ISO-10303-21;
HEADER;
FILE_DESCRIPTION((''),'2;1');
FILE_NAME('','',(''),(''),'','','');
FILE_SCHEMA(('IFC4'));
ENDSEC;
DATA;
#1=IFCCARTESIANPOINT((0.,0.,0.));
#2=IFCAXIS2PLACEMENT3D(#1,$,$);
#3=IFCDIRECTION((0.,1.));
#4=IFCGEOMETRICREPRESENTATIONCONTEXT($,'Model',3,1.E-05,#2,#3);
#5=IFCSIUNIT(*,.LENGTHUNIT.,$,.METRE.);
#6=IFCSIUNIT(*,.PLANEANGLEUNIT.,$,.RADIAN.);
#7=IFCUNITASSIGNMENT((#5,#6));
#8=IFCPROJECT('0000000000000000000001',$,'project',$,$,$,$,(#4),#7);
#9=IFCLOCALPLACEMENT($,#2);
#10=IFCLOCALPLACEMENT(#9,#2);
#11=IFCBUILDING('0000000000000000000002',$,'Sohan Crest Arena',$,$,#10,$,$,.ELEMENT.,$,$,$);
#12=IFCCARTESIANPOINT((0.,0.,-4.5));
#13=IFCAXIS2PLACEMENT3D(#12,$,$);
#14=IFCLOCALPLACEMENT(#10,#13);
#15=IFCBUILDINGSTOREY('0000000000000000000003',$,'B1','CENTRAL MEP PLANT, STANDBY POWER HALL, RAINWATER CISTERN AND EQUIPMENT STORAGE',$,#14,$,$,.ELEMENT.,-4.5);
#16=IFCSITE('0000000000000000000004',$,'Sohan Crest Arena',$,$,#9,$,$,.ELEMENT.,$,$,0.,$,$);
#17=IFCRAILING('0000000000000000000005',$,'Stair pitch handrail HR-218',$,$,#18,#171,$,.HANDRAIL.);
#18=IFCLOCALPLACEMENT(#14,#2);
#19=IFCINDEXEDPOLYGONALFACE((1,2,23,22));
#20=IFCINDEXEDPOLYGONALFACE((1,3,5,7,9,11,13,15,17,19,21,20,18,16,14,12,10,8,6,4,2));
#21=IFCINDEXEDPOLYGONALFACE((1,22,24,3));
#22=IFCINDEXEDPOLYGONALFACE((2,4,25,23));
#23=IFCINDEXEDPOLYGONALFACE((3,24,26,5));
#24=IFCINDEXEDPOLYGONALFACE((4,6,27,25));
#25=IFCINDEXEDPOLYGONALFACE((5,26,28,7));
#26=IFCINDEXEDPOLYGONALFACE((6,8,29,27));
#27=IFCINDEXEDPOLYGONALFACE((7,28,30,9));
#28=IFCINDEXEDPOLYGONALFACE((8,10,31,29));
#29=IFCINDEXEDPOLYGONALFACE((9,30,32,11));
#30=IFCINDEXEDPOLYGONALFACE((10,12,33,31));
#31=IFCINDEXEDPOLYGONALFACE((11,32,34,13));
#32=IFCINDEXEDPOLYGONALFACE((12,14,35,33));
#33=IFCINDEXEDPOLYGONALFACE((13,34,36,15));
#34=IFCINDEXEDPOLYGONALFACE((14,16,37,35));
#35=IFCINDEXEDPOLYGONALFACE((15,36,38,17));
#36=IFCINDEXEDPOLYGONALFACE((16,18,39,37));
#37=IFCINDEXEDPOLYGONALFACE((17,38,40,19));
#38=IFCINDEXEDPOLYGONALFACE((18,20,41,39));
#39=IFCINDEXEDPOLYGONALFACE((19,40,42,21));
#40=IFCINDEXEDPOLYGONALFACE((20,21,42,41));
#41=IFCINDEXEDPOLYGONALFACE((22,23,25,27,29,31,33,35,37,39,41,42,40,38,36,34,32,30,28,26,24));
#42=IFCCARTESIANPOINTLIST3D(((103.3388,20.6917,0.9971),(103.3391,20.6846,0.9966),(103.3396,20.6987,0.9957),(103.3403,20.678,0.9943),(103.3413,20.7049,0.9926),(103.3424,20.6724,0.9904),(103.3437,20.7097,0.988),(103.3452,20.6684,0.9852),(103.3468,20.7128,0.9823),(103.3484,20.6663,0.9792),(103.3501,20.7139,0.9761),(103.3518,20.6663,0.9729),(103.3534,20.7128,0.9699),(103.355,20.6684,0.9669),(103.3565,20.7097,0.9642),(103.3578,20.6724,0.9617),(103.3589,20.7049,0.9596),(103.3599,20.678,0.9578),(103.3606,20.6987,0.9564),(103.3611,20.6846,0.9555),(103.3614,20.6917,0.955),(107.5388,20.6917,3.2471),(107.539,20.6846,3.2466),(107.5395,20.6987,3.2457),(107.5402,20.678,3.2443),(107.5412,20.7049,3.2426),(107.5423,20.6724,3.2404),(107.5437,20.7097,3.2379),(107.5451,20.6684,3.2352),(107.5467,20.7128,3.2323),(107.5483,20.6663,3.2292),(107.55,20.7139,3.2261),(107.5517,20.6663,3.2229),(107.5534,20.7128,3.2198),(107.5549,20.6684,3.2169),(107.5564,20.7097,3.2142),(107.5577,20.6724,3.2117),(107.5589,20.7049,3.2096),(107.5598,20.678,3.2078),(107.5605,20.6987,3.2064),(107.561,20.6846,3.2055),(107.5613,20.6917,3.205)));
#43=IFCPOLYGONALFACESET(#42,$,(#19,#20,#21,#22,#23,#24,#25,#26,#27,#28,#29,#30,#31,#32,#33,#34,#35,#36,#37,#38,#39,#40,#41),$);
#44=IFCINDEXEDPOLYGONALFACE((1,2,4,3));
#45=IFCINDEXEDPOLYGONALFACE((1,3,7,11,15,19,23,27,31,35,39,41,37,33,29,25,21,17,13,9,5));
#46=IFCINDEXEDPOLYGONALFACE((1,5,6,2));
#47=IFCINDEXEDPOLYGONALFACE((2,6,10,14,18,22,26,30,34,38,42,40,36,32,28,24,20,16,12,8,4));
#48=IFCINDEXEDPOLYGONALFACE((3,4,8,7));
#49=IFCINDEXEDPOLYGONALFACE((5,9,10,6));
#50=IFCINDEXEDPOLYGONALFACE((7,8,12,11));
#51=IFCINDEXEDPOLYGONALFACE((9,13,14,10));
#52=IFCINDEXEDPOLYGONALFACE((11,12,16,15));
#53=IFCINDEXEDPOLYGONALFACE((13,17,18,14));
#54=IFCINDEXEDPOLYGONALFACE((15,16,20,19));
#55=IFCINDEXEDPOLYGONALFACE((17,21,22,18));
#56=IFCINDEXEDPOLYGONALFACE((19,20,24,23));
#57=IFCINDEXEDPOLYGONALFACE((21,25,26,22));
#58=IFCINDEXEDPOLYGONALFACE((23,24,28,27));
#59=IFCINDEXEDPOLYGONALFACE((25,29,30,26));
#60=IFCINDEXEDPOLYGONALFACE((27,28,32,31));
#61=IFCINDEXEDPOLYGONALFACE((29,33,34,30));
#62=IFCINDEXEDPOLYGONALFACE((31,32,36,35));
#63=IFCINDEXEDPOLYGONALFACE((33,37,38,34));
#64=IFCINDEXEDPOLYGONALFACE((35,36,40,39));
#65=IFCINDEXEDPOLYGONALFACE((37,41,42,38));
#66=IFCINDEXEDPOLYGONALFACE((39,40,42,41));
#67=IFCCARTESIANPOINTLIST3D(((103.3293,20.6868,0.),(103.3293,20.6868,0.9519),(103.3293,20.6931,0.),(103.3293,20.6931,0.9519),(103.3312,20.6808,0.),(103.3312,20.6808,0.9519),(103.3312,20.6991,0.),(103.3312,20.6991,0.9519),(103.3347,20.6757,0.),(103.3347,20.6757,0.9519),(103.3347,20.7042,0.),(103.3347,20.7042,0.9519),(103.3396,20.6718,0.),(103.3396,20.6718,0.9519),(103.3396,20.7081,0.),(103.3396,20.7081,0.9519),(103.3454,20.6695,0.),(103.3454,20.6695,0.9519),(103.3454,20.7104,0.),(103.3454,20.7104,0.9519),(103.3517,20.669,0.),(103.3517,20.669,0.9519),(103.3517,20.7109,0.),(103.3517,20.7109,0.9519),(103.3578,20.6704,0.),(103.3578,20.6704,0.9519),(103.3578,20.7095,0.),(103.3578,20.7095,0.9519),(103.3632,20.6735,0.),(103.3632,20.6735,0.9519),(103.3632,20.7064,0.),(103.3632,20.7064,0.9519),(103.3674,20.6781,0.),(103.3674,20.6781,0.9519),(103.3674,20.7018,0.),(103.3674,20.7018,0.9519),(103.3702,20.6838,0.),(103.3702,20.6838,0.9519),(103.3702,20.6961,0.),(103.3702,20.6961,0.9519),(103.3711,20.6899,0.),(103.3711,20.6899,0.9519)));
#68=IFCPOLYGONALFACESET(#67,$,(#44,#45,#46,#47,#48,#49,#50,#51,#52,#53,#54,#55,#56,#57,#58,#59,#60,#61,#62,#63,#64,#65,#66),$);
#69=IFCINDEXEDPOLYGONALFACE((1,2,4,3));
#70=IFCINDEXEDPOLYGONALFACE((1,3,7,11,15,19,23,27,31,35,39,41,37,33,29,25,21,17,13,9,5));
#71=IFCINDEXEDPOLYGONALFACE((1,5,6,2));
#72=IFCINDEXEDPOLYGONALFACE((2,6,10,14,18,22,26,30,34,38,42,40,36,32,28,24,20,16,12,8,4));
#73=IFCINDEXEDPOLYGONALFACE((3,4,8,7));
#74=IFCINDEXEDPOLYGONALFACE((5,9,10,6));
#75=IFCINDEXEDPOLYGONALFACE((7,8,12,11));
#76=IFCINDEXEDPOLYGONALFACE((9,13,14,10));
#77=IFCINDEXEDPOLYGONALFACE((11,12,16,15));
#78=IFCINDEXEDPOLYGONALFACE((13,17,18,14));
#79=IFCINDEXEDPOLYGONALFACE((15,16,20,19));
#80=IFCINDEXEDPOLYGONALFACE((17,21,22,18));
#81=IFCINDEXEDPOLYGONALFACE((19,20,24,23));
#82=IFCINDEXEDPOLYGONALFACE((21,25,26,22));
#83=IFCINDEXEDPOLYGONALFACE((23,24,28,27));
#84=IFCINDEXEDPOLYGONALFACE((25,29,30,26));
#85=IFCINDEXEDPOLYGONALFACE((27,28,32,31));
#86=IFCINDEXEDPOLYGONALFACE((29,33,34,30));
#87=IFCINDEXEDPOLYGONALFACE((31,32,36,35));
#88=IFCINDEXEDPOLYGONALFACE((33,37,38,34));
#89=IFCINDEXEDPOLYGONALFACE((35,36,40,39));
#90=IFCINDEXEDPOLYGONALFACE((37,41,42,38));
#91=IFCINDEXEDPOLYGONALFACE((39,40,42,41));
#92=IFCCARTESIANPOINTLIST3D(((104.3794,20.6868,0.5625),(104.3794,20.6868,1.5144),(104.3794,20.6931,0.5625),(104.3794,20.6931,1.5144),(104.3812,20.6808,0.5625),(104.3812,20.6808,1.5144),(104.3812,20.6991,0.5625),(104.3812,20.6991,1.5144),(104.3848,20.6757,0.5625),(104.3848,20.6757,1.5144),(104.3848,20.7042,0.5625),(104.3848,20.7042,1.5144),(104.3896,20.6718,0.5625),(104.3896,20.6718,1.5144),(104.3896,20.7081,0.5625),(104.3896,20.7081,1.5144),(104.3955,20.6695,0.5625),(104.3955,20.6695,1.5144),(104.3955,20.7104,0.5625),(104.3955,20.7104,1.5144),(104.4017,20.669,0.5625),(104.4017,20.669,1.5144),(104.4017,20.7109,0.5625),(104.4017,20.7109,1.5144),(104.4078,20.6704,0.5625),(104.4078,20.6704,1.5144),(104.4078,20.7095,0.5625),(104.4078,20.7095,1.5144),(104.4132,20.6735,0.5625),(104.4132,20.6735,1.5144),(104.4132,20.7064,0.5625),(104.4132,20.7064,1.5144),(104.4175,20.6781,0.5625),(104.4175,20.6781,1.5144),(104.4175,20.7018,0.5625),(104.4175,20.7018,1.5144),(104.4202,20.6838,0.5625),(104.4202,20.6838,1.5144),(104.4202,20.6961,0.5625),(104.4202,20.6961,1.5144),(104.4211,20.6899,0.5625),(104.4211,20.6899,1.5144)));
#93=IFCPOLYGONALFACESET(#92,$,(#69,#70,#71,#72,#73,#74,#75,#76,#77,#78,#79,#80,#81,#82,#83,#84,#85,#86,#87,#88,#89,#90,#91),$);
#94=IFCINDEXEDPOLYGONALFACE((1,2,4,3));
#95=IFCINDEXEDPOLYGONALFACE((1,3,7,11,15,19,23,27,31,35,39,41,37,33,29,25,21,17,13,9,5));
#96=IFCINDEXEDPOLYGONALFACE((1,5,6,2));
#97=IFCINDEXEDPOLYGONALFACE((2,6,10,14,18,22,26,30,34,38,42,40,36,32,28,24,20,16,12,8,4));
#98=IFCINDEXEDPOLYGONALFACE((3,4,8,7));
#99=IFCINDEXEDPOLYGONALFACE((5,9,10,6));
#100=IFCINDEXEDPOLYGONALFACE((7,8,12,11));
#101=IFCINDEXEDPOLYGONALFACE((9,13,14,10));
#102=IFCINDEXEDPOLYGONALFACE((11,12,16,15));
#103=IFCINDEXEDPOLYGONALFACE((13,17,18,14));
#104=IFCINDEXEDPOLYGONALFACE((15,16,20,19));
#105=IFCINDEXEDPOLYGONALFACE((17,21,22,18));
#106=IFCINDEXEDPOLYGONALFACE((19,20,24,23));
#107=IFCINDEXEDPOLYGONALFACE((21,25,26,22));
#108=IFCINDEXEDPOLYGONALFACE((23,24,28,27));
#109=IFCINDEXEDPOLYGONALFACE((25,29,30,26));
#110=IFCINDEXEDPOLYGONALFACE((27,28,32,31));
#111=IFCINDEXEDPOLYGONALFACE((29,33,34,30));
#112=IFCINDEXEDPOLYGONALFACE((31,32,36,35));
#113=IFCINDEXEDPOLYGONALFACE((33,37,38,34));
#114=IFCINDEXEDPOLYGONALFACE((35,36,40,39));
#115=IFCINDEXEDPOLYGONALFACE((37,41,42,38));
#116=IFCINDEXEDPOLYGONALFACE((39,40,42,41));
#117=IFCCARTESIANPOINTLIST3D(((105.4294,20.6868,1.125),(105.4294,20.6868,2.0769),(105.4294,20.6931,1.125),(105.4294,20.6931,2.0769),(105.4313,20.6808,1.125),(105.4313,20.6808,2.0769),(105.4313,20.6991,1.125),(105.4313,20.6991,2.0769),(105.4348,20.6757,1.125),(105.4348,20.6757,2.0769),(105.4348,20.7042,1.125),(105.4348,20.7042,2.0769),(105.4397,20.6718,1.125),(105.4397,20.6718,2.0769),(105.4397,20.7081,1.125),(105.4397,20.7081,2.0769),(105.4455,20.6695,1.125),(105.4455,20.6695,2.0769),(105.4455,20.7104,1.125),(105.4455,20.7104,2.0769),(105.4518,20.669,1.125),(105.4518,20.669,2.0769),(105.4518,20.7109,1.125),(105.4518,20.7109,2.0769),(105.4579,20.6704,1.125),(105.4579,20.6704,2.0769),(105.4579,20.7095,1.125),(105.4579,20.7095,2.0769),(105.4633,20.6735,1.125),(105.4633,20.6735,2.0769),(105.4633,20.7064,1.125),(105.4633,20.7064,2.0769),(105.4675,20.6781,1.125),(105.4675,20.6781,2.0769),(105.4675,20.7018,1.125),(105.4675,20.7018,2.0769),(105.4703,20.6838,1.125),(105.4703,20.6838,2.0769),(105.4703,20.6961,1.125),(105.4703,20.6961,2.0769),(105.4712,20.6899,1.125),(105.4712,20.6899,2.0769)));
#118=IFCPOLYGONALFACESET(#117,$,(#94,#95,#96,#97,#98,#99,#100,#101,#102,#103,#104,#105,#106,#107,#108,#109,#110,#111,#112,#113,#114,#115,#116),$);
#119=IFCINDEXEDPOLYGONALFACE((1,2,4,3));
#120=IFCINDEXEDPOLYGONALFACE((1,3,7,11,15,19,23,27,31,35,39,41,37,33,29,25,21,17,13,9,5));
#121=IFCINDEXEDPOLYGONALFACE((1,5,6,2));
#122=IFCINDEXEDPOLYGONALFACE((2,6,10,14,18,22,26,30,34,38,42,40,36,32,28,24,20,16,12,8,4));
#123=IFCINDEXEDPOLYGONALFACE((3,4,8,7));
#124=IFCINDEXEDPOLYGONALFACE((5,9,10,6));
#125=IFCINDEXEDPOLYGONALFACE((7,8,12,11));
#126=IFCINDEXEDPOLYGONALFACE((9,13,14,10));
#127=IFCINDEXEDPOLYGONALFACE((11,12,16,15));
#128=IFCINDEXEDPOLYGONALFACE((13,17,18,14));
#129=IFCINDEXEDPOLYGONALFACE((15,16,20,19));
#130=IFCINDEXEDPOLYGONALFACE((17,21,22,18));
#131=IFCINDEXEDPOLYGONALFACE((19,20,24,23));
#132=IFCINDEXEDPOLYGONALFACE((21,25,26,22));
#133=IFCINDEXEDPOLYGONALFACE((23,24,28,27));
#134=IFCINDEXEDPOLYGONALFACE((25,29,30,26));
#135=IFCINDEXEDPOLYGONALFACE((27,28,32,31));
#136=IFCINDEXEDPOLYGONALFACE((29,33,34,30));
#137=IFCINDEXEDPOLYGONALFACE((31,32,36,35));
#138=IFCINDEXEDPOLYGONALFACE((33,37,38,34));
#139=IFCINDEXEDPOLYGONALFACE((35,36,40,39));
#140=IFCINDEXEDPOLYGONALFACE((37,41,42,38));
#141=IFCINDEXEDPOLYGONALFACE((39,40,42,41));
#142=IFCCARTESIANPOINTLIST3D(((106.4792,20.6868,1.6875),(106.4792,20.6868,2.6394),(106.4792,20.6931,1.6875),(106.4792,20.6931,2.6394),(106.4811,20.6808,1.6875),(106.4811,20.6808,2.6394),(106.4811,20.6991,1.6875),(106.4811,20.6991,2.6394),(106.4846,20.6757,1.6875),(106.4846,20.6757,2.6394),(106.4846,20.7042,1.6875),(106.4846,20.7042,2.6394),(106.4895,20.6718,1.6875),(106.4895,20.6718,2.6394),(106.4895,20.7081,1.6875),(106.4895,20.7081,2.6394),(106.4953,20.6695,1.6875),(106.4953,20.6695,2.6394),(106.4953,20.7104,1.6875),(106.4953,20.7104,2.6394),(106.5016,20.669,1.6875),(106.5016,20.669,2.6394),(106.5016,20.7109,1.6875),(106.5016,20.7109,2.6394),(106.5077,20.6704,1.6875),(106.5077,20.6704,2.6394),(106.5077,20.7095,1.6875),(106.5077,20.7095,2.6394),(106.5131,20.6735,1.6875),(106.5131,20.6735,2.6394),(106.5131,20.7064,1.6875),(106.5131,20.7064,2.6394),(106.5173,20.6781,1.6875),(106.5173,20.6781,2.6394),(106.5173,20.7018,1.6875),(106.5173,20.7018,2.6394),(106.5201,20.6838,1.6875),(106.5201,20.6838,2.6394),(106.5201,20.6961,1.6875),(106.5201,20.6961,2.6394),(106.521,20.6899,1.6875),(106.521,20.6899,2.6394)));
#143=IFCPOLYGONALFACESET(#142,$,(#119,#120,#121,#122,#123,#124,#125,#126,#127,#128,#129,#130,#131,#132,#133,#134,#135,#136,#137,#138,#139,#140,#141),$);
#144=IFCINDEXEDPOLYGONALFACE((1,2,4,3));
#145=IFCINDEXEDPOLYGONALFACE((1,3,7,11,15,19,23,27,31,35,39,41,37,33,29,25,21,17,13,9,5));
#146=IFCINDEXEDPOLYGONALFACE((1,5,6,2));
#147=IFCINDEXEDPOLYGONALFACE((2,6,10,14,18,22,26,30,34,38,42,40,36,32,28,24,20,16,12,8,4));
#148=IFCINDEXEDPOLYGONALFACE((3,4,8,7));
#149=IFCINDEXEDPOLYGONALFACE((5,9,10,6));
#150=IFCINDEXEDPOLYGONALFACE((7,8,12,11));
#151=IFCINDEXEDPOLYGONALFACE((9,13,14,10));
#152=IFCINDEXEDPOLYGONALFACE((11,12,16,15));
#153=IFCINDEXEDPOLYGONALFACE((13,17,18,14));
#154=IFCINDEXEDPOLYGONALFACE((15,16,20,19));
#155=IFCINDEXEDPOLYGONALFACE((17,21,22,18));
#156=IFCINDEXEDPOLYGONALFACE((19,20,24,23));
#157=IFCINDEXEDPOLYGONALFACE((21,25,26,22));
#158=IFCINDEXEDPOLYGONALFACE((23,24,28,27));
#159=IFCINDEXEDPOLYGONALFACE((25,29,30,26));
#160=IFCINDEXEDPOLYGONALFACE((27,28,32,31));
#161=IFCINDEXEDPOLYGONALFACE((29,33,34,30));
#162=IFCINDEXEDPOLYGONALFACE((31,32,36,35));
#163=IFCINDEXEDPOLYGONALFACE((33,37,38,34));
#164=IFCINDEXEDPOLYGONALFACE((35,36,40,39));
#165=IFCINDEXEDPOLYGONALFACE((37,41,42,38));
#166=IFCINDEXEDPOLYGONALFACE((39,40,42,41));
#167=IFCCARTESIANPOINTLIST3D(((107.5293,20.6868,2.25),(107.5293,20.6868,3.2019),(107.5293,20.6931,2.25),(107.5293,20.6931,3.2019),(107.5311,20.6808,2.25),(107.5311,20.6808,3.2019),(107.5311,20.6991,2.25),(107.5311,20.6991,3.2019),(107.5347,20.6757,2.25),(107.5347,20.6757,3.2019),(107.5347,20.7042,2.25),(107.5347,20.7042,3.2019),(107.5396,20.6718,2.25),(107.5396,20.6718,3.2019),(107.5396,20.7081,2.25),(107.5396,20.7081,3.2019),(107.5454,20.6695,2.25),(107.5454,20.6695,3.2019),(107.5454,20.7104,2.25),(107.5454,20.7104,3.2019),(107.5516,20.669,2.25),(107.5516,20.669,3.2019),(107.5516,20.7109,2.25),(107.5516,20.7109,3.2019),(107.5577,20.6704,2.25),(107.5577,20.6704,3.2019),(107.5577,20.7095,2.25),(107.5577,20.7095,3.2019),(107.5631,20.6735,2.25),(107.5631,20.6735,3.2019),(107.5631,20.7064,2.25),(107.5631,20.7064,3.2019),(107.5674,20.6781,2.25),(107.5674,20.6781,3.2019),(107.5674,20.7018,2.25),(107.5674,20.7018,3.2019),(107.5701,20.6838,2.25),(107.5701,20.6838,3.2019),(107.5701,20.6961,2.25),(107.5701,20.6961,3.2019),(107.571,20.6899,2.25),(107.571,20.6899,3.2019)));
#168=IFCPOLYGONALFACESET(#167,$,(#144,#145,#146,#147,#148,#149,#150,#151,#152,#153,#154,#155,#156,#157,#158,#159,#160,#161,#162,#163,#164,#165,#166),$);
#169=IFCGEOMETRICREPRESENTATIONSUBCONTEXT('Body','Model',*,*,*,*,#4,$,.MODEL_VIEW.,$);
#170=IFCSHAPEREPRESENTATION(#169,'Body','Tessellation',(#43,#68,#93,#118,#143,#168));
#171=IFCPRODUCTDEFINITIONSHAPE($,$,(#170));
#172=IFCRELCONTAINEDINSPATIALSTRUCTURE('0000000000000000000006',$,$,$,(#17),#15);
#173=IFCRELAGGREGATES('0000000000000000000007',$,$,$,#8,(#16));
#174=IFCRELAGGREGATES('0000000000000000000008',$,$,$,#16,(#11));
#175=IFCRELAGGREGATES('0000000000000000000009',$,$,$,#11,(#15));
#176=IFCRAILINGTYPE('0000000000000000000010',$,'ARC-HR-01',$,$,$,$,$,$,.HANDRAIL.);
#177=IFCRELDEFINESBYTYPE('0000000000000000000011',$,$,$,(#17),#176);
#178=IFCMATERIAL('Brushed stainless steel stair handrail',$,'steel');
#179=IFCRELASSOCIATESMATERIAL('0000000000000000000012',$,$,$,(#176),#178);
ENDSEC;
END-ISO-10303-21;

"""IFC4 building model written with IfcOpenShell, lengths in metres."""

from ifc_helpers import new_model, si_unit, direction, frame, origin, origin_2d, place, context, subcontext, project, spatial, circle, extrude, material, type_object, element, save


model = new_model("IFC4")

# Units and contexts
model_context = context("Model", 3, precision=1e-05, world=origin(), true_north=direction((0.0, 1.0)))
body_context = subcontext(model_context, "Body", "Model", "MODEL_VIEW")
ifc_project = project(units=[si_unit("LENGTHUNIT", "METRE"), si_unit("PLANEANGLEUNIT", "RADIAN")], contexts=[model_context])

# Site, building, storey
site_placement = place(None, origin())
site = spatial("IfcSite", under=ifc_project, at=site_placement, Name="Sohan Crest Arena", CompositionType="ELEMENT", RefElevation=0.0)
building_placement = place(site_placement, origin())
building = spatial("IfcBuilding", under=site, at=building_placement, Name="Sohan Crest Arena", CompositionType="ELEMENT")
storey_placement = place(building_placement, frame((0.0, 0.0, -4.5)))
storey = spatial("IfcBuildingStorey", under=building, at=storey_placement, Name="B1", Description="CENTRAL MEP PLANT, STANDBY POWER HALL, RAINWATER CISTERN AND EQUIPMENT STORAGE", CompositionType="ELEMENT", Elevation=-4.5)

# Railing
ifc_material_1 = material(Name="Brushed stainless steel stair handrail", Category="steel")
railing_type_1 = type_object("IfcRailingType", Name="ARC-HR-01", PredefinedType="HANDRAIL", material=ifc_material_1)
for number, where, name in (
    (1, (103.3501, 20.6899, 0.0), "Stair pitch handrail HR-218"),
):
    element("IfcRailing", number, at=place(storey_placement, frame(where)), inside=storey, type_object=railing_type_1, Name=name, PredefinedType="HANDRAIL", context=body_context, shape_type="SweptSolid", body=[
        extrude(circle(Radius=0.0239, at=origin_2d()), frame((0.0, 0.0, 0.9761), z_axis=(0.881478, 0.0, 0.472226), x_axis=(0.0, 1.0, 0.0)), (0.0, 0.0, 1.0), 4.7646),
        extrude(circle(Radius=0.021, at=origin_2d()), origin(), (0.0, 0.0, 1.0), 0.9519),
        extrude(circle(Radius=0.021, at=origin_2d()), frame((1.05, 0.0, 0.5625)), (0.0, 0.0, 1.0), 0.9519),
        extrude(circle(Radius=0.021, at=origin_2d()), frame((2.1001, 0.0, 1.125)), (0.0, 0.0, 1.0), 0.9519),
        extrude(circle(Radius=0.021, at=origin_2d()), frame((3.1499, 0.0, 1.6875)), (0.0, 0.0, 1.0), 0.9519),
        extrude(circle(Radius=0.021, at=origin_2d()), frame((4.2, 0.0, 2.25)), (0.0, 0.0, 1.0), 0.9519),
    ])

save(model, "model.ifc")
